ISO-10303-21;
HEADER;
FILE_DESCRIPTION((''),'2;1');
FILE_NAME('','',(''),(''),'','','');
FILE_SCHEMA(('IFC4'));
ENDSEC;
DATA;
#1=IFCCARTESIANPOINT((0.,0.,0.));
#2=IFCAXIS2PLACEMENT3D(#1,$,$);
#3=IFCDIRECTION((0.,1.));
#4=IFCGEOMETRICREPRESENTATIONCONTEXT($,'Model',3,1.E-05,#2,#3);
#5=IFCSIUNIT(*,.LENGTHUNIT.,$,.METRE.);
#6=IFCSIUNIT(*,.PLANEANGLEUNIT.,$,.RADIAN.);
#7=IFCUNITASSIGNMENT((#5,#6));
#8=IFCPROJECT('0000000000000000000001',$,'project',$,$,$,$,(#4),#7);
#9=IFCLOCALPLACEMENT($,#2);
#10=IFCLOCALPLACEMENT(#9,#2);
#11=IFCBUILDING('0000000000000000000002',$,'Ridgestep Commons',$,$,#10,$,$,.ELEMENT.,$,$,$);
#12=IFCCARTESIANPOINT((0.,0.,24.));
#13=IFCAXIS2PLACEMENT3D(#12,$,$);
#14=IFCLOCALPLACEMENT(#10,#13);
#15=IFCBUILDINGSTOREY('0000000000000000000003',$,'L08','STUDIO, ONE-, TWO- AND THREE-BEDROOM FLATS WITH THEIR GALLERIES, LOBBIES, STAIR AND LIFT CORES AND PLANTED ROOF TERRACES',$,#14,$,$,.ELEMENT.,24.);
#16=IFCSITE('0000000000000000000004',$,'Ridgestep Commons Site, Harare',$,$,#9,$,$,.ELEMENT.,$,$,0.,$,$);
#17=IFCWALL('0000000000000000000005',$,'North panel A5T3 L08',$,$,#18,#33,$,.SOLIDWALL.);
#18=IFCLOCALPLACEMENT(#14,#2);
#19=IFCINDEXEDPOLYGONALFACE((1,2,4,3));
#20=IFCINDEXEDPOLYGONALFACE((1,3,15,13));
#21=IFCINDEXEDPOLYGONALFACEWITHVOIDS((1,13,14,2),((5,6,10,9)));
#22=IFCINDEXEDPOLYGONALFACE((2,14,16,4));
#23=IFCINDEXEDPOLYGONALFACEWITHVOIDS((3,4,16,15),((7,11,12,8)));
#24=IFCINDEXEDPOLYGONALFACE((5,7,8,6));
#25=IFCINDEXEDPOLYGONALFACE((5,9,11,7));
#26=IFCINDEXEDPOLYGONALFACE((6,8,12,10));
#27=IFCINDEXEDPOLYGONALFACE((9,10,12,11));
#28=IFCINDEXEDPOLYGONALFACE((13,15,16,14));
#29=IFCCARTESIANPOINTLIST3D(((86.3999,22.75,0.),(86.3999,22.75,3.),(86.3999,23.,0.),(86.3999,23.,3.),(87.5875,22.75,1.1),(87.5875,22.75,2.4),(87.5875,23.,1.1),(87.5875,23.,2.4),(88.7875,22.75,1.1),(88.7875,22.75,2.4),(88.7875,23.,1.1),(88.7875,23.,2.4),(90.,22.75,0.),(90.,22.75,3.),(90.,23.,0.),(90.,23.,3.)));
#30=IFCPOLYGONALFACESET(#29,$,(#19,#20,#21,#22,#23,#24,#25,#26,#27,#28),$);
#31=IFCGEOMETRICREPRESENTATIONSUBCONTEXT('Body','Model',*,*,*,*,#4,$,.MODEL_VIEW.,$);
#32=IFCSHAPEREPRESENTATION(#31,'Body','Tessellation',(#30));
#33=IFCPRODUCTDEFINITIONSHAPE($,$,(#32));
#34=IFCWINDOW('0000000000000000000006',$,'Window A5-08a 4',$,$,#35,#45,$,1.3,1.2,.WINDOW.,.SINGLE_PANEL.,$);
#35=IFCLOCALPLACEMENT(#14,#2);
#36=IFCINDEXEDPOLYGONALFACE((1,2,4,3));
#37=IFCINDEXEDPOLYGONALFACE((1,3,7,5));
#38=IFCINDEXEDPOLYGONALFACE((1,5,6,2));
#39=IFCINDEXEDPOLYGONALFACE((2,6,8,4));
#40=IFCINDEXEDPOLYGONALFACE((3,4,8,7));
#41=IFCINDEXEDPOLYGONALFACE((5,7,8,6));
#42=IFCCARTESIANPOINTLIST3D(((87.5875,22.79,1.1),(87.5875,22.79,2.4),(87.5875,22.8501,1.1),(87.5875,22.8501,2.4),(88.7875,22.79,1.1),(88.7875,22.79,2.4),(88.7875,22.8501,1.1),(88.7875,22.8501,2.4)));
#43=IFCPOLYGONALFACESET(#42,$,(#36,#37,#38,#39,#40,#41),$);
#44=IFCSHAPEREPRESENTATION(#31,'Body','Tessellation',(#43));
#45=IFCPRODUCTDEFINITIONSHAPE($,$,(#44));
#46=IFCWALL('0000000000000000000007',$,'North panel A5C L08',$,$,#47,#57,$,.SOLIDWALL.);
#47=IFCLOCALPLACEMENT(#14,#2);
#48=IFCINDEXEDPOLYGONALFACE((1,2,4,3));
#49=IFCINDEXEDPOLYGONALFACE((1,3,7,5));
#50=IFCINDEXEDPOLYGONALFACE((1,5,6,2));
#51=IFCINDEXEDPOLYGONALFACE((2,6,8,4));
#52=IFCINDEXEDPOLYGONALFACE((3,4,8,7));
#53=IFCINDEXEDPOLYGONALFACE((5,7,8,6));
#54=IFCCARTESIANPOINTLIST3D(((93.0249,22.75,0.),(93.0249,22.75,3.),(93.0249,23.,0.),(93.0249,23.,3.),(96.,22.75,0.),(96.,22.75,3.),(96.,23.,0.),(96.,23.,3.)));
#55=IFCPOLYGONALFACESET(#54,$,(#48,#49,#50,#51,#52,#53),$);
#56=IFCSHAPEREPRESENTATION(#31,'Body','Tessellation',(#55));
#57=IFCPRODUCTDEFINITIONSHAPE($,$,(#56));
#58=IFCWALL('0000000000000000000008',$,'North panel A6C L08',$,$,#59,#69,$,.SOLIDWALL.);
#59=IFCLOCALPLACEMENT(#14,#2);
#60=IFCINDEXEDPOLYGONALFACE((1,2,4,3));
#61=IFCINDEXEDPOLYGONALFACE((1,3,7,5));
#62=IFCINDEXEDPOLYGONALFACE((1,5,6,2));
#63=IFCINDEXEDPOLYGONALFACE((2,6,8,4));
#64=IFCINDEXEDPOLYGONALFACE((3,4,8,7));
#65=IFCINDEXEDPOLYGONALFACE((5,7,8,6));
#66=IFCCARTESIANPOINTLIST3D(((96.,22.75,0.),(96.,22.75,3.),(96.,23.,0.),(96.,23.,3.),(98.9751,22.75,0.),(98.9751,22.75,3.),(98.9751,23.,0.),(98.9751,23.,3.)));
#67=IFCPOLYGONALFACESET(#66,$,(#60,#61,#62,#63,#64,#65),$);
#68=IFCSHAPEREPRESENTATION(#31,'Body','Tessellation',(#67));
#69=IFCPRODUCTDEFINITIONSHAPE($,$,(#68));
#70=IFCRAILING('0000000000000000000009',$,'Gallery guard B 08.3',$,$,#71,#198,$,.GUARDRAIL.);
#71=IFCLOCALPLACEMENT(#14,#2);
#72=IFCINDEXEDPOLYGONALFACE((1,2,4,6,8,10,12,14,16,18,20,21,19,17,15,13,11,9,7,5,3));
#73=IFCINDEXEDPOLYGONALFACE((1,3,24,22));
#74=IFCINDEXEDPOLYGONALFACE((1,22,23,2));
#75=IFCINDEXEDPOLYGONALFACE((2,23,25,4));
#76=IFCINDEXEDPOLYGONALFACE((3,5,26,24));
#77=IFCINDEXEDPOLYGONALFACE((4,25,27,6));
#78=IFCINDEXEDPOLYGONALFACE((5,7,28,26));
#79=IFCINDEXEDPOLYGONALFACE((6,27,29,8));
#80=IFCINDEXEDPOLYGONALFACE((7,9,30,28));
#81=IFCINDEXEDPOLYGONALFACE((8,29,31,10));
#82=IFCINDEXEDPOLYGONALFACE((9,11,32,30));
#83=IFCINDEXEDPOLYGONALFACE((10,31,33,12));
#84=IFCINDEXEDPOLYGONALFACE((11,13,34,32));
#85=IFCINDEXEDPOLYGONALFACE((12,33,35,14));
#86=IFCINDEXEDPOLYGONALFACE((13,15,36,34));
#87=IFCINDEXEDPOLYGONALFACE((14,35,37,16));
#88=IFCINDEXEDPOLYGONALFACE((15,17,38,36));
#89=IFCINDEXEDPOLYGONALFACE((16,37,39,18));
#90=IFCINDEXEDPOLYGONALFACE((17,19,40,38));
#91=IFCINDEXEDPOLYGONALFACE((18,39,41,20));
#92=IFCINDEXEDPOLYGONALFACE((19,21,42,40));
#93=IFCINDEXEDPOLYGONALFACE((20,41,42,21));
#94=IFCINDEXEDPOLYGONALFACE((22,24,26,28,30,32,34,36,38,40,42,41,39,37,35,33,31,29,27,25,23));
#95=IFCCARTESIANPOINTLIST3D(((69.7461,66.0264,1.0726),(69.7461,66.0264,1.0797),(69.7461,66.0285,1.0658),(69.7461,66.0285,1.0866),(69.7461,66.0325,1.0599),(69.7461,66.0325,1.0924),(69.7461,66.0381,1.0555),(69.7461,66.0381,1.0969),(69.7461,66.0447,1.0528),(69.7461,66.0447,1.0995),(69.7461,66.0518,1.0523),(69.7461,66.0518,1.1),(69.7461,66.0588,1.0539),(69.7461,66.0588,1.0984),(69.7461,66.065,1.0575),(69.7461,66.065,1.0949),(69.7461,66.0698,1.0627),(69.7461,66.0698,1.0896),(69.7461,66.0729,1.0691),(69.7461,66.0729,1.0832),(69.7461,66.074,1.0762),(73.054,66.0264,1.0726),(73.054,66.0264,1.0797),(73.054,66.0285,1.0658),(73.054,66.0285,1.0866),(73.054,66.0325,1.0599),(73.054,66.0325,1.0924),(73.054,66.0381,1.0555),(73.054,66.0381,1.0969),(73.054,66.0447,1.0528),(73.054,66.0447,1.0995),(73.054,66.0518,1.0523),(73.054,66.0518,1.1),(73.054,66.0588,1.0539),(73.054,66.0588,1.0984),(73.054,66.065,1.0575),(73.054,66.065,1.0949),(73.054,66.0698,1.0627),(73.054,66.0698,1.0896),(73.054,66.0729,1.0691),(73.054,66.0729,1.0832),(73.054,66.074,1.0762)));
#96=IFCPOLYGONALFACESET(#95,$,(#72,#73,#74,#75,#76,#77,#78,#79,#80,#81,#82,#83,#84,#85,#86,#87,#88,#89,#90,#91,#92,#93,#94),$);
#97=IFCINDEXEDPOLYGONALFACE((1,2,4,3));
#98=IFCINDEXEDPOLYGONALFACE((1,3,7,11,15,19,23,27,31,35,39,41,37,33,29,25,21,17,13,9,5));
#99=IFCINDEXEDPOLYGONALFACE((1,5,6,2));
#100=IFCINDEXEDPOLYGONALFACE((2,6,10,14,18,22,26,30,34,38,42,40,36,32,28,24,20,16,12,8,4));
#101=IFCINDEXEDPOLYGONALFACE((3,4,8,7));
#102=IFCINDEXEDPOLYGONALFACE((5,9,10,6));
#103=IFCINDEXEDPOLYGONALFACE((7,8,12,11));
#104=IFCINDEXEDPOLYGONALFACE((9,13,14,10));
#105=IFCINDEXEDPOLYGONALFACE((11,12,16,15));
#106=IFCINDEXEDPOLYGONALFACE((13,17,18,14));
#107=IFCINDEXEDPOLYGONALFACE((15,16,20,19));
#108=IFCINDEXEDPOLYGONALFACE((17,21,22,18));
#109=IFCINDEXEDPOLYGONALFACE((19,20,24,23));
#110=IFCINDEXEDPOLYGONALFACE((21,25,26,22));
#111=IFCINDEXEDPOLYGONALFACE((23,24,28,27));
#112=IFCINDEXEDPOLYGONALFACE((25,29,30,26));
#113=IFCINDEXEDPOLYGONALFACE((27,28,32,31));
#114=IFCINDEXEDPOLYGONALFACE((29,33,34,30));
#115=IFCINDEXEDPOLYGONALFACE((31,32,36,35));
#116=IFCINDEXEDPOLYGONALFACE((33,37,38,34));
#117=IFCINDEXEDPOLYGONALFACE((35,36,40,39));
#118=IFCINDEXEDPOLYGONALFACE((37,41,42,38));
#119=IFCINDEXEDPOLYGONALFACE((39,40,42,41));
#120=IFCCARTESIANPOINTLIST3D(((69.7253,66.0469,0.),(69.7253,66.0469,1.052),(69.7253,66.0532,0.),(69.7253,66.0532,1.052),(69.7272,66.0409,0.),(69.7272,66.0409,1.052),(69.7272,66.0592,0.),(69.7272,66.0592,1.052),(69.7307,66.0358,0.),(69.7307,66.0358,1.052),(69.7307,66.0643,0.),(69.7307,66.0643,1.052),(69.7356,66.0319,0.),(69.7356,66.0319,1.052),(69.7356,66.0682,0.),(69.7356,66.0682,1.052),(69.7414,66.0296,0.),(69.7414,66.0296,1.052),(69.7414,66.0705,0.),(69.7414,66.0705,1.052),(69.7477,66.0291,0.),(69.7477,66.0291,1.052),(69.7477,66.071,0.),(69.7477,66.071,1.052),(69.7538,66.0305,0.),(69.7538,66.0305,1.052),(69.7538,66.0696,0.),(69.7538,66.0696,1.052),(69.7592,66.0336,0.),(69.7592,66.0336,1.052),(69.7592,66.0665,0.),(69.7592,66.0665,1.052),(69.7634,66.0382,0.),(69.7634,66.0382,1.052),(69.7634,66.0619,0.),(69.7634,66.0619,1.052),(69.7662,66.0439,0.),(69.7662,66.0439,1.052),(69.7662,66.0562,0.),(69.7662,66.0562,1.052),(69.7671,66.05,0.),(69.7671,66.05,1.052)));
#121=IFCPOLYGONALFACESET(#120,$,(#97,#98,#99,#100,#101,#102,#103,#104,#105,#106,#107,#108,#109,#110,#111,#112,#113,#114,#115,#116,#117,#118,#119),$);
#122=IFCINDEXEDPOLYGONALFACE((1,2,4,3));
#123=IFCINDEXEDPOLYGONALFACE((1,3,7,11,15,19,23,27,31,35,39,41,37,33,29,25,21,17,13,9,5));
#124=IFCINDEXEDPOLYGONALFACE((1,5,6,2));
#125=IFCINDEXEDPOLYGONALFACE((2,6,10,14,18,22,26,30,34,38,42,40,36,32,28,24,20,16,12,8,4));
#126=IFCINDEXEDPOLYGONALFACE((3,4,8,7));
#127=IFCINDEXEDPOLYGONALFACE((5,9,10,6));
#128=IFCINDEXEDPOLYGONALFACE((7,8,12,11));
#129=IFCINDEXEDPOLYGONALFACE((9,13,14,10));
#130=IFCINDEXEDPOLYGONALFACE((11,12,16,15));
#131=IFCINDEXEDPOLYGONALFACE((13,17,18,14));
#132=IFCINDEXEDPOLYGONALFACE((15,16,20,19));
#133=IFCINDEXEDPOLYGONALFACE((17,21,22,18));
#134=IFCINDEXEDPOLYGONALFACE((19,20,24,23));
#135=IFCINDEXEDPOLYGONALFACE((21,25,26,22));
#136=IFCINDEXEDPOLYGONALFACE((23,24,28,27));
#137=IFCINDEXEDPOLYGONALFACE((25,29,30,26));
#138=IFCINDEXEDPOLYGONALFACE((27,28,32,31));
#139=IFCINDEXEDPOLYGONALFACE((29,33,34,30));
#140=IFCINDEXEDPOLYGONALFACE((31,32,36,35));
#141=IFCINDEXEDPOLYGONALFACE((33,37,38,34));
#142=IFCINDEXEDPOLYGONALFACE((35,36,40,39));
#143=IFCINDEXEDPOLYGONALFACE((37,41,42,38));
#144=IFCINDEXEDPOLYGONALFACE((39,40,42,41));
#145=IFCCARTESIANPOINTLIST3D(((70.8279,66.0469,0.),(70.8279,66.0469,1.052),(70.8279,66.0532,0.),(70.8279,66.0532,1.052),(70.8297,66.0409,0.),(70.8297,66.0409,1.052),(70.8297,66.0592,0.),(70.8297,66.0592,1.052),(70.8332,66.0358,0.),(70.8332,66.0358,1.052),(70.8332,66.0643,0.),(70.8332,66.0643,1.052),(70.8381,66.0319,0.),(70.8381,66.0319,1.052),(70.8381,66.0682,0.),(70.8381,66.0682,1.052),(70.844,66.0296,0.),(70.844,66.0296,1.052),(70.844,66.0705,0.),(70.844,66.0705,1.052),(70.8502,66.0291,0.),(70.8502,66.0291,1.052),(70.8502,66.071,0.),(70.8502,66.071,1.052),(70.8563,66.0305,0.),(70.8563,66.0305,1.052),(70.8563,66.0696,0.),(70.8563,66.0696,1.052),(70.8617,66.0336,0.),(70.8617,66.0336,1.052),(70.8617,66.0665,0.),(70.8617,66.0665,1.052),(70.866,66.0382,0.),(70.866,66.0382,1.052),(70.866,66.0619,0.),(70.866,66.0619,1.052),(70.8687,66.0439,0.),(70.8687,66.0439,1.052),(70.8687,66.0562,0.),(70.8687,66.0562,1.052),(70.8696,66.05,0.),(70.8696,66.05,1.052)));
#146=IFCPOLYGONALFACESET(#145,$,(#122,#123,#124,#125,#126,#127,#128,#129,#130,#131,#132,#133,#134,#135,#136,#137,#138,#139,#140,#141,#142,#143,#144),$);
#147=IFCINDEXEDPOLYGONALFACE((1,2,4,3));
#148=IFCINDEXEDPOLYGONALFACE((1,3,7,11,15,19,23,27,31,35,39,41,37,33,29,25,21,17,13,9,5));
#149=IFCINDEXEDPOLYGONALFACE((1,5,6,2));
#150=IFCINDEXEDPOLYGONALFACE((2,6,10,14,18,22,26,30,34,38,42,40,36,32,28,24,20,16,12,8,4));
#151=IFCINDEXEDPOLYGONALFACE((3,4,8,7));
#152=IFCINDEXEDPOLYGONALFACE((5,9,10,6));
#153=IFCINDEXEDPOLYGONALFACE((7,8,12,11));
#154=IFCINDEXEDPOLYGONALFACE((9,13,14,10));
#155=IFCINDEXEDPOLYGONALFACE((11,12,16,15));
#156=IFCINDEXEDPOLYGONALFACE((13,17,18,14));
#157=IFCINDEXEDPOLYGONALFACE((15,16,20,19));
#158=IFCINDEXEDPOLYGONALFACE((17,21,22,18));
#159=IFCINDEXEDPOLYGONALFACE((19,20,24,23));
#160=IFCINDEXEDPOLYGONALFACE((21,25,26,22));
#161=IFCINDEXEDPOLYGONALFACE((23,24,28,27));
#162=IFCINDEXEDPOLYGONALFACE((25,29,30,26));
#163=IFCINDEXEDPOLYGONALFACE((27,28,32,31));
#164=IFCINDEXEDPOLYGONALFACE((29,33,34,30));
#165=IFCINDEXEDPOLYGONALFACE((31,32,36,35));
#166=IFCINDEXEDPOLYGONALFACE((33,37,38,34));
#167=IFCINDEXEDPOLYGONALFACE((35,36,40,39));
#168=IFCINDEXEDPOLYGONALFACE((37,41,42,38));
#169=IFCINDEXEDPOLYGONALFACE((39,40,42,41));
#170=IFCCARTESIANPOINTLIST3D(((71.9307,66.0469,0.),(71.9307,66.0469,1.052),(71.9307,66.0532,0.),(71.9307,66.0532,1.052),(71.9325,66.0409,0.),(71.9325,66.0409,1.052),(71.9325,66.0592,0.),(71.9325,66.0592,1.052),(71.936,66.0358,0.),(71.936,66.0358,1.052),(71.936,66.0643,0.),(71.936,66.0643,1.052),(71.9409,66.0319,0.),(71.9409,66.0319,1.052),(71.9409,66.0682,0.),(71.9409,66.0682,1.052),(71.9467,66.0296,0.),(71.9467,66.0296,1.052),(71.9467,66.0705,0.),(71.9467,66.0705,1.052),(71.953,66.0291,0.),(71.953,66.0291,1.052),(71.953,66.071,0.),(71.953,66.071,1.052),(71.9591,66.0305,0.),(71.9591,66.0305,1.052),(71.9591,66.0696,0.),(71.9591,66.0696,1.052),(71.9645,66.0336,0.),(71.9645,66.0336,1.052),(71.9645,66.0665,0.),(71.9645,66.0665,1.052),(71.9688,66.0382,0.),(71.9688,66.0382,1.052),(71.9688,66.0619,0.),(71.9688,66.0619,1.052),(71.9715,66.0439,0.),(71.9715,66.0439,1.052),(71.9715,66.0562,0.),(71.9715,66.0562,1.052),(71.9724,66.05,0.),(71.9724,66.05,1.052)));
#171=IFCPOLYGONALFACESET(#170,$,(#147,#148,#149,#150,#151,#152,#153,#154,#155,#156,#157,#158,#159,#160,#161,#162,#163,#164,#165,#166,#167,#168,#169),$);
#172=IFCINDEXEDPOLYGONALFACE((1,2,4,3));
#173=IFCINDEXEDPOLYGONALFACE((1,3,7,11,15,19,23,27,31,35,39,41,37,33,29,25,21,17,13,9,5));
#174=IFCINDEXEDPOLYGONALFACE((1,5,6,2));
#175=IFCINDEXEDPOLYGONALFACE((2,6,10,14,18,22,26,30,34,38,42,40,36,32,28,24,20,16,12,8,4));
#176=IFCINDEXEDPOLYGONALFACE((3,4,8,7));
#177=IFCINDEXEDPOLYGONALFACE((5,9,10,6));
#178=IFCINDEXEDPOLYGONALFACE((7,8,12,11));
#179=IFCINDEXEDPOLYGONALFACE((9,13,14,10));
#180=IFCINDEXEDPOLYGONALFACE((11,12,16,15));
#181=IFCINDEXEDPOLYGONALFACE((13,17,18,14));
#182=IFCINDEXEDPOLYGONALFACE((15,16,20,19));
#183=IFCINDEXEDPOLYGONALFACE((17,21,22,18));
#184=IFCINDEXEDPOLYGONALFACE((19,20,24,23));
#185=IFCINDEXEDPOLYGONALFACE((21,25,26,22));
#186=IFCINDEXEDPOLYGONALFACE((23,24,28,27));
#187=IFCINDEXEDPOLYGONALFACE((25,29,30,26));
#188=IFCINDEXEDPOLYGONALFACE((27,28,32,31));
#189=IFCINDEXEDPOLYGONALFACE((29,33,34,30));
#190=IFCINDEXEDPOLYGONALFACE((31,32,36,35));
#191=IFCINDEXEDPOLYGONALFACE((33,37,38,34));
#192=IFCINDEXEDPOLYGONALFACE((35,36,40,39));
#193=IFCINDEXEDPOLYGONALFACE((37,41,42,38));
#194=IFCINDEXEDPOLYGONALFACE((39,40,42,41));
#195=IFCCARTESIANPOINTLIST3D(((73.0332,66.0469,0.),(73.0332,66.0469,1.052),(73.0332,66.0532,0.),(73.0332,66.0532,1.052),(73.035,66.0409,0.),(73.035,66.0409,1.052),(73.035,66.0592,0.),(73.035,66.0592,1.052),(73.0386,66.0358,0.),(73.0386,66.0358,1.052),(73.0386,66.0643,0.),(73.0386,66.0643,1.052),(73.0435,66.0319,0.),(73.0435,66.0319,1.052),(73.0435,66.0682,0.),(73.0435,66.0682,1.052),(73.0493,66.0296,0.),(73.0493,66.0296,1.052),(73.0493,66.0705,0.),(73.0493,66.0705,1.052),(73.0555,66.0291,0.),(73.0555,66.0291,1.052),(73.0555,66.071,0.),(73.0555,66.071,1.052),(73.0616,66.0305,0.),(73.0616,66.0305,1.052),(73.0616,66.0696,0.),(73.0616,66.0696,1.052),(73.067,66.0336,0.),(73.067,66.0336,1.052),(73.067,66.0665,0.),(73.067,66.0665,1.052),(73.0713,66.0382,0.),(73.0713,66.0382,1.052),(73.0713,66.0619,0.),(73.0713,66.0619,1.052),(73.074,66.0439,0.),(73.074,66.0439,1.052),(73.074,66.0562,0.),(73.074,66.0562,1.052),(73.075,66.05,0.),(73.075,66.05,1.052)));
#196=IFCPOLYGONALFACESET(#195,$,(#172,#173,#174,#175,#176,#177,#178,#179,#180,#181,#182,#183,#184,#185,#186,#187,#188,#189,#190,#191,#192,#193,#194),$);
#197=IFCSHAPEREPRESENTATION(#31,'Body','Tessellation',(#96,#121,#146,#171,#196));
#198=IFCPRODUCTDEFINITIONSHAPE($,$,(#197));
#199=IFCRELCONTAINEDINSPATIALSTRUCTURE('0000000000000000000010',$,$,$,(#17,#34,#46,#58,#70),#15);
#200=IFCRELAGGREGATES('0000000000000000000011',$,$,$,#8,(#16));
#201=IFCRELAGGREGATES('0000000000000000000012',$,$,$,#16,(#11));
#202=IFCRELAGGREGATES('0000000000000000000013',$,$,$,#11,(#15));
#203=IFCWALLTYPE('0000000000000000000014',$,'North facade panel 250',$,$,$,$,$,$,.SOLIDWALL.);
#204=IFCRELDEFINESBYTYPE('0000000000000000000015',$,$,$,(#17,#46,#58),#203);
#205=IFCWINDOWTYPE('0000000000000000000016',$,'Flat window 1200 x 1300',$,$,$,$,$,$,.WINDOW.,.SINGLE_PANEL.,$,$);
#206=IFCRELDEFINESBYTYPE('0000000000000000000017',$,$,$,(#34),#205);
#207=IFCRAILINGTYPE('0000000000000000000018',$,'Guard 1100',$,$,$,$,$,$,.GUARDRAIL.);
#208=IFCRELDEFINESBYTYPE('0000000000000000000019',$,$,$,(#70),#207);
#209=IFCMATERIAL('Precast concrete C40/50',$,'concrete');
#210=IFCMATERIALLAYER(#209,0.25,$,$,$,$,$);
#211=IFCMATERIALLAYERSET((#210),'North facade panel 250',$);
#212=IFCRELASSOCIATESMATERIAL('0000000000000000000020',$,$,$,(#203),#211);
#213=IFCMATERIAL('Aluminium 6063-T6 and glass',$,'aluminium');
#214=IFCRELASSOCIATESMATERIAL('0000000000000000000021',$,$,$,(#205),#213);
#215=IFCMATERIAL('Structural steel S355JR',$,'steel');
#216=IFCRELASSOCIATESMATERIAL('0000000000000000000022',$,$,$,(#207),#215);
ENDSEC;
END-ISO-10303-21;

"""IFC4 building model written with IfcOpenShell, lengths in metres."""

from ifc_helpers import new_model, si_unit, direction, frame, frame_2d, origin, origin_2d, place, context, subcontext, project, spatial, rectangle, circle, extrude, material, layer, layer_set, type_object, element, fill, save


model = new_model("IFC4")

# Units and contexts
model_context = context("Model", 3, precision=1e-05, world=origin(), true_north=direction((0.0, 1.0)))
body_context = subcontext(model_context, "Body", "Model", "MODEL_VIEW")
ifc_project = project(units=[si_unit("LENGTHUNIT", "METRE"), si_unit("PLANEANGLEUNIT", "RADIAN")], contexts=[model_context])

# Site, building, storey
site_placement = place(None, origin())
site = spatial("IfcSite", under=ifc_project, at=site_placement, Name="Ridgestep Commons Site, Harare", CompositionType="ELEMENT", RefElevation=0.0)
building_placement = place(site_placement, origin())
building = spatial("IfcBuilding", under=site, at=building_placement, Name="Ridgestep Commons", CompositionType="ELEMENT")
storey_placement = place(building_placement, frame((0.0, 0.0, 24.0)))
storey = spatial("IfcBuildingStorey", under=building, at=storey_placement, Name="L08", Description="STUDIO, ONE-, TWO- AND THREE-BEDROOM FLATS WITH THEIR GALLERIES, LOBBIES, STAIR AND LIFT CORES AND PLANTED ROOF TERRACES", CompositionType="ELEMENT", Elevation=24.0)

# Shared definitions
ifc_material_1 = material(Name="Precast concrete C40/50", Category="concrete")
ifc_layer_1 = layer(ifc_material_1, 0.25)
ifc_layer_set_1 = layer_set([ifc_layer_1], Name="North facade panel 250")
wall_type_1 = type_object("IfcWallType", Name="North facade panel 250", PredefinedType="SOLIDWALL", material=ifc_layer_set_1)

# Wall, opening, window
wall_1_placement = place(storey_placement, frame((86.3999, 22.875, 0.0), z_axis=(0.0, 0.0, 1.0), x_axis=(1.0, 0.0, 0.0)))
wall_1 = element("IfcWall", 1, at=wall_1_placement, inside=storey, type_object=wall_type_1, Name="North panel A5T3 L08", PredefinedType="SOLIDWALL", context=body_context, shape_type="SweptSolid", body=[
    extrude(rectangle(XDim=3.6001, YDim=0.25, at=frame_2d((1.8, 0.0))), origin(), (0.0, 0.0, 1.0), 3.0),
])
opening_1_placement = place(wall_1_placement, frame((1.1875, 0.0, 1.1001)))
opening_1 = element("IfcOpeningElement", 2, at=opening_1_placement, cuts=wall_1, PredefinedType="OPENING", context=body_context, shape_type="SweptSolid", body=[
    extrude(rectangle(XDim=1.2, YDim=1.3, at=frame_2d((0.6001, 0.6499))), frame((0.0, 0.135, 0.0), z_axis=(0.0, -1.0, 0.0), x_axis=(1.0, 0.0, 0.0)), (0.0, 0.0, 1.0), 0.27),
])
ifc_material_2 = material(Name="Aluminium 6063-T6 and glass", Category="aluminium")
window_type_1 = type_object("IfcWindowType", Name="Flat window 1200 x 1300", PartitioningType="SINGLE_PANEL", PredefinedType="WINDOW", material=ifc_material_2)
window_1_placement = place(opening_1_placement, origin())
window_1 = element("IfcWindow", 3, at=window_1_placement, inside=storey, type_object=window_type_1, Name="Window A5-08a 4", OverallHeight=1.3, OverallWidth=1.2, PartitioningType="SINGLE_PANEL", PredefinedType="WINDOW", context=body_context, shape_type="SweptSolid", body=[
    extrude(rectangle(XDim=1.2, YDim=1.3, at=frame_2d((0.6001, 0.6499))), frame((0.0, -0.0249, 0.0), z_axis=(0.0, -1.0, 0.0), x_axis=(1.0, 0.0, 0.0)), (0.0, 0.0, 1.0), 0.0601),
])
fill(opening_1, window_1)

# Walls
for number, where, z_axis, x_axis, name in (
    (4, (93.0249, 22.875, 0.0), (0.0, 0.0, 1.0), (1.0, 0.0, 0.0), "North panel A5C L08"),
    (5, (96.0, 22.875, 0.0), (0.0, 0.0, 1.0), (1.0, 0.0, 0.0), "North panel A6C L08"),
):
    element("IfcWall", number, at=place(storey_placement, frame(where, z_axis=z_axis, x_axis=x_axis)), inside=storey, type_object=wall_type_1, Name=name, PredefinedType="SOLIDWALL", context=body_context, shape_type="SweptSolid", body=[
        extrude(rectangle(XDim=2.9751, YDim=0.25, at=frame_2d((1.4875, 0.0))), origin(), (0.0, 0.0, 1.0), 3.0),
    ])

# Railing
ifc_material_3 = material(Name="Structural steel S355JR", Category="steel")
railing_type_1 = type_object("IfcRailingType", Name="Guard 1100", PredefinedType="GUARDRAIL", material=ifc_material_3)
railing_1_placement = place(storey_placement, frame((69.7461, 66.05, 0.0)))
element("IfcRailing", 6, at=railing_1_placement, inside=storey, type_object=railing_type_1, Name="Gallery guard B 08.3", PredefinedType="GUARDRAIL", context=body_context, shape_type="SweptSolid", body=[
    extrude(circle(Radius=0.0239, at=origin_2d()), frame((0.0, 0.0, 1.0762), z_axis=(1.0, 0.0, 0.0), x_axis=(0.0, 1.0, 0.0)), (0.0, 0.0, 1.0), 3.3079),
    extrude(circle(Radius=0.021, at=origin_2d()), origin(), (0.0, 0.0, 1.0), 1.052),
    extrude(circle(Radius=0.021, at=origin_2d()), frame((1.1025, 0.0, 0.0)), (0.0, 0.0, 1.0), 1.052),
    extrude(circle(Radius=0.021, at=origin_2d()), frame((2.2053, 0.0, 0.0)), (0.0, 0.0, 1.0), 1.052),
    extrude(circle(Radius=0.021, at=origin_2d()), frame((3.3079, 0.0, 0.0)), (0.0, 0.0, 1.0), 1.052),
])

save(model, "model.ifc")
